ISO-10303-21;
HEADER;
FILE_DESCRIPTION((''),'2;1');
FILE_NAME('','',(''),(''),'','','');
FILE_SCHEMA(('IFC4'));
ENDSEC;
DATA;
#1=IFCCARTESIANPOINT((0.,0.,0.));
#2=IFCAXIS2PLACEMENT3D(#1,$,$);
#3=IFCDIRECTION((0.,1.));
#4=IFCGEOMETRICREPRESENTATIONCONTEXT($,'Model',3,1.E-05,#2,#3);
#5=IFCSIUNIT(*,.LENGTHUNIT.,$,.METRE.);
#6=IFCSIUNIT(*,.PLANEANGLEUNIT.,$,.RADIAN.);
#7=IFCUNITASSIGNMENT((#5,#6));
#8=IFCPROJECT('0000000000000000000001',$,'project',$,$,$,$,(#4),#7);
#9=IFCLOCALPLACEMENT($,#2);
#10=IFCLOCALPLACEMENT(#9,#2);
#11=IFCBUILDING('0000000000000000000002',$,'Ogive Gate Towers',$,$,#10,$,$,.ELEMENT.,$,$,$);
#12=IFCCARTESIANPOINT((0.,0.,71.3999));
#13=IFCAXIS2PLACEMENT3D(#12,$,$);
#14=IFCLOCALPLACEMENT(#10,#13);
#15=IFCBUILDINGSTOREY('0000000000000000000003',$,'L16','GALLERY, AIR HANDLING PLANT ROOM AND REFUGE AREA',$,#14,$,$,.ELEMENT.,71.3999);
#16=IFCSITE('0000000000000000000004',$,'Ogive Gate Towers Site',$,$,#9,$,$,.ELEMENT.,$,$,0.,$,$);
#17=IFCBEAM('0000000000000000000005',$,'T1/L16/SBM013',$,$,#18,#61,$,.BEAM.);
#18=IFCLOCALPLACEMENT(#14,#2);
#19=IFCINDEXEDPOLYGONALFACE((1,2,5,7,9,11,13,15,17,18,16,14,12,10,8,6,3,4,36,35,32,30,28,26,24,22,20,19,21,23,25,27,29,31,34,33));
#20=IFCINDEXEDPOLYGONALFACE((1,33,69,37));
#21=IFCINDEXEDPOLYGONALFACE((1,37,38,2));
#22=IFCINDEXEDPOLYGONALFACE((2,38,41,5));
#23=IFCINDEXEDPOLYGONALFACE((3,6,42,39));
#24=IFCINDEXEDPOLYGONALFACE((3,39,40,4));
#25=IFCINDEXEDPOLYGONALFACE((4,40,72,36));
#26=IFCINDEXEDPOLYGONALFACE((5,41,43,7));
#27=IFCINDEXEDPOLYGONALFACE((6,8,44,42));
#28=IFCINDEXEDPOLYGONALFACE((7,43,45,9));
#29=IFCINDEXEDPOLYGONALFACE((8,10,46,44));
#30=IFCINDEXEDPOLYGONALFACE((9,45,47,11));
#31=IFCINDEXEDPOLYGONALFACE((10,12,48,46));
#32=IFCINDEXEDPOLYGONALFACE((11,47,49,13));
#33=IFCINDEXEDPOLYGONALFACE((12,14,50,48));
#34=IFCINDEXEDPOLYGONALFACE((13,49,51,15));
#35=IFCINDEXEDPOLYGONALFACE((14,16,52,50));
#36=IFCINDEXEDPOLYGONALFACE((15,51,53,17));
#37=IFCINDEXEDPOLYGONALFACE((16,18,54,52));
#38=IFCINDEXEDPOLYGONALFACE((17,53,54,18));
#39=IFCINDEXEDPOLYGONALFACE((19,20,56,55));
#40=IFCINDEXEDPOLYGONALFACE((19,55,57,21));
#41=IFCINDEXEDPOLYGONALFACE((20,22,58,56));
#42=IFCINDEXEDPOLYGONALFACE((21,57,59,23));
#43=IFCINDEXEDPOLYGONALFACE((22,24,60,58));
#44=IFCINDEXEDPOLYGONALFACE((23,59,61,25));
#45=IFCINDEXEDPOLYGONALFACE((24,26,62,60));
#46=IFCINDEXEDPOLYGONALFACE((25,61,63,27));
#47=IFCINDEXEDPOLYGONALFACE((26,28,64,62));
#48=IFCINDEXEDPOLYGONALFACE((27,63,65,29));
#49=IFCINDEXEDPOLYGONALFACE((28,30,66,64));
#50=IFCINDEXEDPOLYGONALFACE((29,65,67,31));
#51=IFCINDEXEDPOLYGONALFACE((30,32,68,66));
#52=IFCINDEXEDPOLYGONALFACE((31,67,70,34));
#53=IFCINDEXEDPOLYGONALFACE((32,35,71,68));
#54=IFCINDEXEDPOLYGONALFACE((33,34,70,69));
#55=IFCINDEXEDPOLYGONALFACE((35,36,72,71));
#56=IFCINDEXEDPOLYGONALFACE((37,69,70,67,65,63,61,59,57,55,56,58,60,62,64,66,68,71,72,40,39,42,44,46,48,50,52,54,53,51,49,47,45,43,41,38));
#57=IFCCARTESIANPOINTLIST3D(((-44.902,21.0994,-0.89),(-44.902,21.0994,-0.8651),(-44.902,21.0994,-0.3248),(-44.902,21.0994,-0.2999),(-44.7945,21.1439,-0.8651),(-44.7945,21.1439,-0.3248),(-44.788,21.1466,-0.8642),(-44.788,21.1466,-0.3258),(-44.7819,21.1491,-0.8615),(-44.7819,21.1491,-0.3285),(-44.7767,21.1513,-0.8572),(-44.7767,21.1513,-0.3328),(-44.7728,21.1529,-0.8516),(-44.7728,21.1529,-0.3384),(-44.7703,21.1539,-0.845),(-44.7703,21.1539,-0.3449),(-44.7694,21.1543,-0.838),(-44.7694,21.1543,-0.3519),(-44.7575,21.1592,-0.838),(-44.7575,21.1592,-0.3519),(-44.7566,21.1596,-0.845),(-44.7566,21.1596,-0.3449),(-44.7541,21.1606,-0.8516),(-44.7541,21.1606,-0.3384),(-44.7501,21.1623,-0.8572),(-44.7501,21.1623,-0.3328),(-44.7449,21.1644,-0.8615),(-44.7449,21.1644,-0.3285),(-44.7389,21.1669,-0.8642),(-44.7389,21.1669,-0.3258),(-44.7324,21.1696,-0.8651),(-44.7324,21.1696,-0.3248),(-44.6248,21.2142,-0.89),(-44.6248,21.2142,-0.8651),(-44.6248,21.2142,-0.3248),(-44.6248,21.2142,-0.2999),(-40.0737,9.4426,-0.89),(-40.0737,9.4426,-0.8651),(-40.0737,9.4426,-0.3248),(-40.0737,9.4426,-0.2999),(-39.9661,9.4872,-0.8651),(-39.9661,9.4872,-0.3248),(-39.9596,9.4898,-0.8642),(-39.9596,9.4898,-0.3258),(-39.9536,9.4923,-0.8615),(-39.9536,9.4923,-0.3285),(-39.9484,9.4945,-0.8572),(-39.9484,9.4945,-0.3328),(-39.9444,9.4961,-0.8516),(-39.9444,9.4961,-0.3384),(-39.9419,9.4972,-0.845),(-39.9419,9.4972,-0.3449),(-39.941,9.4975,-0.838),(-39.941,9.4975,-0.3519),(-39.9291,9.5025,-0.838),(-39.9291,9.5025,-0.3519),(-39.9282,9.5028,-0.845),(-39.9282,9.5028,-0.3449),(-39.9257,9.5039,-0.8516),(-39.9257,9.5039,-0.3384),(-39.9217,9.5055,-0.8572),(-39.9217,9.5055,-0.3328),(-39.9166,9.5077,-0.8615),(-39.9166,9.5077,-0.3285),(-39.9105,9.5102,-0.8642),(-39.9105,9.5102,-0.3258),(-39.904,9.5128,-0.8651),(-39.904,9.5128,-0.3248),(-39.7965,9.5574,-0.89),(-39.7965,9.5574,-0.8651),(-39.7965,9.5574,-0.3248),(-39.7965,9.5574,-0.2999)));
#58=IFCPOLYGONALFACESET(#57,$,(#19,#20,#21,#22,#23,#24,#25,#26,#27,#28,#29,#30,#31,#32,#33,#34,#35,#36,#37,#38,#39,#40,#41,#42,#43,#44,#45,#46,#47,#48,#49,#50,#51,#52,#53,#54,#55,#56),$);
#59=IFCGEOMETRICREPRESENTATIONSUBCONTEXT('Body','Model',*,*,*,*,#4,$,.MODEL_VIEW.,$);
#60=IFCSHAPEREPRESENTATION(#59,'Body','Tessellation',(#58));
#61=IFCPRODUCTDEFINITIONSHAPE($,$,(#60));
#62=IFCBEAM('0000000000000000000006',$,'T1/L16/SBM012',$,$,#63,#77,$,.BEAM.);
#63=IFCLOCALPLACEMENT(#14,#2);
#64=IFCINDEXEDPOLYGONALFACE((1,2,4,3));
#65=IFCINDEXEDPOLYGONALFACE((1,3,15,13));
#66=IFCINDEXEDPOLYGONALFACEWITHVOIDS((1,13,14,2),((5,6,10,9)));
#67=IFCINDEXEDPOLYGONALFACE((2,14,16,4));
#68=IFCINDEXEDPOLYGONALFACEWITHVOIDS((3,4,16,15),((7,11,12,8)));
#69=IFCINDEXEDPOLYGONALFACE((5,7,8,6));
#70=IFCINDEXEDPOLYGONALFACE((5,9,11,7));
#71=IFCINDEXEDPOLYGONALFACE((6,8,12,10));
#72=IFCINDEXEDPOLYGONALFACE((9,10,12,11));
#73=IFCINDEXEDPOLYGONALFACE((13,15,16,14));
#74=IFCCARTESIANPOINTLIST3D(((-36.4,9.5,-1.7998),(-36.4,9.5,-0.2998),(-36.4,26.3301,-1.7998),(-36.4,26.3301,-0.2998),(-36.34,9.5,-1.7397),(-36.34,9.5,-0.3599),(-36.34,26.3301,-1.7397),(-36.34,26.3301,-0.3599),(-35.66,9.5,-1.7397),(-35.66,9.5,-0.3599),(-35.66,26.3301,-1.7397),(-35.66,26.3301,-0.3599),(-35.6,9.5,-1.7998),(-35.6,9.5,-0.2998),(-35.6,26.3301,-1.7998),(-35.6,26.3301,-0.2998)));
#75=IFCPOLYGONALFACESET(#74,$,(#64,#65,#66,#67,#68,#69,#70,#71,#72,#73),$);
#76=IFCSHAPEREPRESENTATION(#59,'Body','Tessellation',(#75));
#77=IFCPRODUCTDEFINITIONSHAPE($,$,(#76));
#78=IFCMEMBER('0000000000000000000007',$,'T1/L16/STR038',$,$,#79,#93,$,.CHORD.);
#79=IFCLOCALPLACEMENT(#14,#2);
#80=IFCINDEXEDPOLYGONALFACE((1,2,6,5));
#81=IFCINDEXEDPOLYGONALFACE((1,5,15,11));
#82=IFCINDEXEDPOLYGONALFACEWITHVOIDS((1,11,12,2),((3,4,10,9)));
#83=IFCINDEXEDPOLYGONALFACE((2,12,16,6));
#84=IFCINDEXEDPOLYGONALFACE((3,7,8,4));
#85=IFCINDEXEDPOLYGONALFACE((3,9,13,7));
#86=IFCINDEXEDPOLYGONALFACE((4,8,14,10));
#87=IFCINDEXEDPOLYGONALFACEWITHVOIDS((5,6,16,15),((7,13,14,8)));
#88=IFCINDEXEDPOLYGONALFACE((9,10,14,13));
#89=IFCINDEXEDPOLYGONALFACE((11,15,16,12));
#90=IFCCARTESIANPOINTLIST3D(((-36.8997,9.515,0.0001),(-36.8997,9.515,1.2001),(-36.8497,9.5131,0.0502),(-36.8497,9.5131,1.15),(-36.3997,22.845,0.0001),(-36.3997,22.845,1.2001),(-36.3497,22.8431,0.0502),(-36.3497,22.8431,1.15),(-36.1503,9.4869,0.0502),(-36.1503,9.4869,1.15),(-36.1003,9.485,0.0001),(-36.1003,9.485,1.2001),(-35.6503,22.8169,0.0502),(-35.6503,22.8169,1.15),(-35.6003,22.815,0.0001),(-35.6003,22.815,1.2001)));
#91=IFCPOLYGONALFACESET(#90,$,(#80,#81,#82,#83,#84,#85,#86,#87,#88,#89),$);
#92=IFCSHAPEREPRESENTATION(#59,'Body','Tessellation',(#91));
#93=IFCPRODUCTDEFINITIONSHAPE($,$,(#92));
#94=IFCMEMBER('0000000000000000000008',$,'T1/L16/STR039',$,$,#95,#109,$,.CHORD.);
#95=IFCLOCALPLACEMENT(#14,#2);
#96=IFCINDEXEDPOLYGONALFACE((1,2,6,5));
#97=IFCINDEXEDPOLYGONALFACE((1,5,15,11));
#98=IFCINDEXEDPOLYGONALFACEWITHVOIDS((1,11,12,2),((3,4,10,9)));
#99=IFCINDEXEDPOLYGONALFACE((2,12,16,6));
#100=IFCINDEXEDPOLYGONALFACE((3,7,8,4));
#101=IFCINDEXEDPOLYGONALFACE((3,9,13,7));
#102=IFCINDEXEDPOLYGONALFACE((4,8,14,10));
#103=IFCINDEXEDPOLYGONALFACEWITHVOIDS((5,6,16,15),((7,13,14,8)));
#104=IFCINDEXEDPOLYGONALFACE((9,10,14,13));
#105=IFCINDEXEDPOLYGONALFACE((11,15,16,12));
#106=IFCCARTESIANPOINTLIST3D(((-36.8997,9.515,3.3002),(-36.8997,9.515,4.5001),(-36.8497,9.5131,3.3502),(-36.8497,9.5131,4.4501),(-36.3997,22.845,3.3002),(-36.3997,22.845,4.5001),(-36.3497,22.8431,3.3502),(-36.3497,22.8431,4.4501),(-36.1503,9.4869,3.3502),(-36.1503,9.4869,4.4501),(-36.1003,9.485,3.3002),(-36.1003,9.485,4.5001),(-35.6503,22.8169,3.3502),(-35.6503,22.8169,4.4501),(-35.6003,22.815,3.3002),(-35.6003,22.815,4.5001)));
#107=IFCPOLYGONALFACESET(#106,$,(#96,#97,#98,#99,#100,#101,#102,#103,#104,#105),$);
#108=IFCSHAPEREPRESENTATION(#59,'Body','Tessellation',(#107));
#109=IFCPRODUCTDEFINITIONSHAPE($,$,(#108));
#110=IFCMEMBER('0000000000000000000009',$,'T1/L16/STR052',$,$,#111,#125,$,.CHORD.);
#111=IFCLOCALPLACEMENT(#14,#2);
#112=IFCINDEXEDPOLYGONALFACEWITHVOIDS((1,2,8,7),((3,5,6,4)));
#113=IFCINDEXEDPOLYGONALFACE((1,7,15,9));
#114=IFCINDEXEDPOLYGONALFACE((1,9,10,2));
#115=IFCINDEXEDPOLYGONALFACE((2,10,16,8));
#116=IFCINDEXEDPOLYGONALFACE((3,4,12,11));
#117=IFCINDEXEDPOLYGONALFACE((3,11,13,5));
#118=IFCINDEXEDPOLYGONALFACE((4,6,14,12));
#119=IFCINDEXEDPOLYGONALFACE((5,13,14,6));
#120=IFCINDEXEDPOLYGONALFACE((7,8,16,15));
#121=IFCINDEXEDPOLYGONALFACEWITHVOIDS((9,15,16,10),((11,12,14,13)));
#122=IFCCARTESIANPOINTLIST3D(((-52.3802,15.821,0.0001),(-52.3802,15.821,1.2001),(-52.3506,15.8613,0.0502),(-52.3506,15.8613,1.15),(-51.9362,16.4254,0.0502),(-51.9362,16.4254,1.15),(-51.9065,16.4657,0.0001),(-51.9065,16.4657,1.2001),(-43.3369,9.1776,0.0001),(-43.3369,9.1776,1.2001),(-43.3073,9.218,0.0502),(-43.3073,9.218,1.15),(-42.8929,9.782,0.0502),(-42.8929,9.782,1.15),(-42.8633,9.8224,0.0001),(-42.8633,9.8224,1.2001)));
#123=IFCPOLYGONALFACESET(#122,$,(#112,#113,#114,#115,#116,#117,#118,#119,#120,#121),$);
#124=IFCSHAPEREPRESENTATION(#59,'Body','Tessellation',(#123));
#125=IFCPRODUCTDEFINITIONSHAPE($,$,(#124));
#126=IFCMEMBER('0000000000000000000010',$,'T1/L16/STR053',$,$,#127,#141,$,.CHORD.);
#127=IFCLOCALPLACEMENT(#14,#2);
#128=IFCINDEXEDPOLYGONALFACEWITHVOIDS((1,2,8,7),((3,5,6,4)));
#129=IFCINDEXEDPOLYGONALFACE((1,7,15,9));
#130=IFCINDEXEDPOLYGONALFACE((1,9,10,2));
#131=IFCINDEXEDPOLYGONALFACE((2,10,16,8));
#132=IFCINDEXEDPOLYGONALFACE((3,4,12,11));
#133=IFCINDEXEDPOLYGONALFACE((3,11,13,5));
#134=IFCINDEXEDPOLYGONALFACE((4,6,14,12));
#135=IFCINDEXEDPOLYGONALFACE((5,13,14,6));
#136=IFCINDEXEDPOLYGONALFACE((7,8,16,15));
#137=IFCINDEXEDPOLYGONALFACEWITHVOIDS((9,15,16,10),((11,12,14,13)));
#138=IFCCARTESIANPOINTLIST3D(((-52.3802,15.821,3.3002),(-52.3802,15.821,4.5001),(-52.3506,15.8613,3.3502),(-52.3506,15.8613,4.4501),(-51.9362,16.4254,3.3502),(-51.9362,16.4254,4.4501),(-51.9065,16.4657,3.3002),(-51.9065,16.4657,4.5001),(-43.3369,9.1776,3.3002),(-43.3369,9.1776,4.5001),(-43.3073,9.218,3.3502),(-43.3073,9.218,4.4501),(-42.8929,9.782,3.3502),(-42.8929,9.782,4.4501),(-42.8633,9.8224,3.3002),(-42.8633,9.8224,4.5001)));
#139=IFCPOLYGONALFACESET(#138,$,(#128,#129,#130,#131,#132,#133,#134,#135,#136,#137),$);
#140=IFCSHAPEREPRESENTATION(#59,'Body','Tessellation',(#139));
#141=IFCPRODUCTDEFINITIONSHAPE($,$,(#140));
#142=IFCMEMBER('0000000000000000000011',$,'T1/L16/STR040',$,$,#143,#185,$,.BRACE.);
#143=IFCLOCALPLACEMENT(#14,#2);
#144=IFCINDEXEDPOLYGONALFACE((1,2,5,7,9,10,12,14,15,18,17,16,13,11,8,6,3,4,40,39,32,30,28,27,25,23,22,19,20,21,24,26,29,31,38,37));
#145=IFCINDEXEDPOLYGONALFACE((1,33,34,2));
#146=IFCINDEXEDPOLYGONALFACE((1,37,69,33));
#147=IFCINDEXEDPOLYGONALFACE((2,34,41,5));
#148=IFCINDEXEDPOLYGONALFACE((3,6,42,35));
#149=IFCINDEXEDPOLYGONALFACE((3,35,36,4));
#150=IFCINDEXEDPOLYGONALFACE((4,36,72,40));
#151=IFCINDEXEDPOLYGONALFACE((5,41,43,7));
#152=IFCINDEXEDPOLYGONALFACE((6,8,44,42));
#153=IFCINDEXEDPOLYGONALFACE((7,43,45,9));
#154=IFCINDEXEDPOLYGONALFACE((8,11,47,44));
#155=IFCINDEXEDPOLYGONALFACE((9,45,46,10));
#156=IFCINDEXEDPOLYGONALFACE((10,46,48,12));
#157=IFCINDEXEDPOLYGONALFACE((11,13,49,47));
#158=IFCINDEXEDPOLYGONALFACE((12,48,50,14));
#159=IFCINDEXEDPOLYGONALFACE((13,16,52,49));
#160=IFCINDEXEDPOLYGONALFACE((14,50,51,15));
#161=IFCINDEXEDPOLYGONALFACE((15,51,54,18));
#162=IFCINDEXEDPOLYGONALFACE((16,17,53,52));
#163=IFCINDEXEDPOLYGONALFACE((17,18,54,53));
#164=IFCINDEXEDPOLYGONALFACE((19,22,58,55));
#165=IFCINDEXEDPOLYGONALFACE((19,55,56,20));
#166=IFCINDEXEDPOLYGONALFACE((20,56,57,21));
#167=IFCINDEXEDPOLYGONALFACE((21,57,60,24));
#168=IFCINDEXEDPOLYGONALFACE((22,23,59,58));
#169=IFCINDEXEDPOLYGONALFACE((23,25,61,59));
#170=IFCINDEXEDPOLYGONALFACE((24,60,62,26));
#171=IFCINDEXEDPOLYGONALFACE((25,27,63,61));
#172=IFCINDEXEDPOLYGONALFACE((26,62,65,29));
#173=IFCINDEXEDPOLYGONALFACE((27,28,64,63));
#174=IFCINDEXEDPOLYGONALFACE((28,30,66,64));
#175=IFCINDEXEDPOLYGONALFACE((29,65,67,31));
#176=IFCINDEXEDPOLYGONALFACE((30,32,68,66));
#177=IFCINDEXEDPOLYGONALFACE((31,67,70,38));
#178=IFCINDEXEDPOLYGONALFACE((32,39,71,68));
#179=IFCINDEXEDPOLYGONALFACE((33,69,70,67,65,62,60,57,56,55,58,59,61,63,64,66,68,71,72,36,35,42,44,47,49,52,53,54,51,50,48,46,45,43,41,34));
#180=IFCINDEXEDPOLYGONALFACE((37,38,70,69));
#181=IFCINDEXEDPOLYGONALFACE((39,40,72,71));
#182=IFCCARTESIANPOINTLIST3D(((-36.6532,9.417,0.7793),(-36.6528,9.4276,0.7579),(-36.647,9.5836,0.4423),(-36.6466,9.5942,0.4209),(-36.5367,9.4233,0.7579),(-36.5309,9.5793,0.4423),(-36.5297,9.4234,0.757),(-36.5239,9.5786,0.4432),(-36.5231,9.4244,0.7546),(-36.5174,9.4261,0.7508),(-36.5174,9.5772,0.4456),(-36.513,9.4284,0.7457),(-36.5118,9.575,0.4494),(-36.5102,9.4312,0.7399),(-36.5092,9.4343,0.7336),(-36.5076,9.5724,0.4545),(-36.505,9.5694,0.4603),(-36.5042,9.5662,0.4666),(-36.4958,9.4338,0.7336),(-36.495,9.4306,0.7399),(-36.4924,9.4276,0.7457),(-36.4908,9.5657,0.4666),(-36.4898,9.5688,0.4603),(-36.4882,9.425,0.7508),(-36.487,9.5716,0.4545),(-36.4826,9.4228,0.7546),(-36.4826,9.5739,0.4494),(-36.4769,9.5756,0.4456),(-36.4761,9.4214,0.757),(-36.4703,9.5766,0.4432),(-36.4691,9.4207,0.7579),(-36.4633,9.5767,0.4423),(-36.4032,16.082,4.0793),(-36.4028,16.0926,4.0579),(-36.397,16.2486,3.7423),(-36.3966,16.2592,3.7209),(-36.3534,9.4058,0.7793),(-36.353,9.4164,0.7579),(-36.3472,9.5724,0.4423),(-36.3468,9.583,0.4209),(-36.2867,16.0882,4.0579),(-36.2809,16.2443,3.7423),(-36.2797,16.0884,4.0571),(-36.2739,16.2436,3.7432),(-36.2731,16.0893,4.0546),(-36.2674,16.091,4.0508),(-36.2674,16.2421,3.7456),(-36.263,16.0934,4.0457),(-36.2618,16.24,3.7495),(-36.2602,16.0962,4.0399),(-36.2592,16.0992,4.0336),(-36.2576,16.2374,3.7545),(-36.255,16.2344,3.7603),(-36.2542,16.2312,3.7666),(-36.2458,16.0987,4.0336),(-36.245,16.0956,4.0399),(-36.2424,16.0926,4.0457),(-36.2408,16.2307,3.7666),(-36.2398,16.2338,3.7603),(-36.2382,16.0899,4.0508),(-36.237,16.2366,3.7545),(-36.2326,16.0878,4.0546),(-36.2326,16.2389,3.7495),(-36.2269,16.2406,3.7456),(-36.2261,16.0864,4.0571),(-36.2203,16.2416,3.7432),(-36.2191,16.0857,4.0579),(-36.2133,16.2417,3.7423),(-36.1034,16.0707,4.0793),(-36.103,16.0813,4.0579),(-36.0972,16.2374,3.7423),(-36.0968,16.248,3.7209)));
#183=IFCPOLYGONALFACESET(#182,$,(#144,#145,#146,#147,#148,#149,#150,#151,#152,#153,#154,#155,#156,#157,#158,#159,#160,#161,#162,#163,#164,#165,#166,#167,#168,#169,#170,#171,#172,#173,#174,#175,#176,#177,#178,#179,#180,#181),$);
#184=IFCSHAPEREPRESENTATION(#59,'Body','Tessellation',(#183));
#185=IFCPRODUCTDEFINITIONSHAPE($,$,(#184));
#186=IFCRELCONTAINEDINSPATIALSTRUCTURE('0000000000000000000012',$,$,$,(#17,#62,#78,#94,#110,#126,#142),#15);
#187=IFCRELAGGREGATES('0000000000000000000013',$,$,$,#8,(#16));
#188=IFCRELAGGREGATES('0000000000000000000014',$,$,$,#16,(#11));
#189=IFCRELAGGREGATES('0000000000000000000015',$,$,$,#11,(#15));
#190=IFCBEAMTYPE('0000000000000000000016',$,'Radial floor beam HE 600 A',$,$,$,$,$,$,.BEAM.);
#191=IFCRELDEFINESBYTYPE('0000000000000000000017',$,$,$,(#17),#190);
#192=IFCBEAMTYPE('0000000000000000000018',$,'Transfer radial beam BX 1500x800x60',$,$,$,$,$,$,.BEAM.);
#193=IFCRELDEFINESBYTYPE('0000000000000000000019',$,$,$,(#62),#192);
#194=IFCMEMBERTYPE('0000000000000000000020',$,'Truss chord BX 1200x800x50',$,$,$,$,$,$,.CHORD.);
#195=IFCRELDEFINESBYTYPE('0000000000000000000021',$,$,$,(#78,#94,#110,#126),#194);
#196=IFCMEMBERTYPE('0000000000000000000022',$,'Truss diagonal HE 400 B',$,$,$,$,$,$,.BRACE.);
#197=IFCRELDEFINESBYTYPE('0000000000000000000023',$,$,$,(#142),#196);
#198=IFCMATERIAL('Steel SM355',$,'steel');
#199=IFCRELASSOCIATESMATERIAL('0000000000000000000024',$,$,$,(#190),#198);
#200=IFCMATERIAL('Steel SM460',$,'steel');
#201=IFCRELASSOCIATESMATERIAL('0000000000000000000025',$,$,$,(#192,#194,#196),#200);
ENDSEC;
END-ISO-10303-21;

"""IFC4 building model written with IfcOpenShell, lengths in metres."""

from ifc_helpers import new_model, si_unit, direction, frame, origin, origin_2d, place, context, subcontext, project, spatial, hollow_rectangle, i_section, extrude, material, material_profile, profile_set, type_object, element, save


model = new_model("IFC4")

# Units and contexts
model_context = context("Model", 3, precision=1e-05, world=origin(), true_north=direction((0.0, 1.0)))
body_context = subcontext(model_context, "Body", "Model", "MODEL_VIEW")
ifc_project = project(units=[si_unit("LENGTHUNIT", "METRE"), si_unit("PLANEANGLEUNIT", "RADIAN")], contexts=[model_context])

# Site, building, storey
site_placement = place(None, origin())
site = spatial("IfcSite", under=ifc_project, at=site_placement, Name="Ogive Gate Towers Site", CompositionType="ELEMENT", RefElevation=0.0)
building_placement = place(site_placement, origin())
building = spatial("IfcBuilding", under=site, at=building_placement, Name="Ogive Gate Towers", CompositionType="ELEMENT")
storey_placement = place(building_placement, frame((0.0, 0.0, 71.3999)))
storey = spatial("IfcBuildingStorey", under=building, at=storey_placement, Name="L16", Description="GALLERY, AIR HANDLING PLANT ROOM AND REFUGE AREA", CompositionType="ELEMENT", Elevation=71.3999)

# Beams
ifc_material_1 = material(Name="Steel SM355", Category="steel")
ifc_material_profile_1 = material_profile(ifc_material_1, i_section(OverallWidth=0.3, OverallDepth=0.5901, WebThickness=0.0129, FlangeThickness=0.0249, FilletRadius=0.0271, at=origin_2d()), Name="HE 600 A")
ifc_profile_set_1 = profile_set([ifc_material_profile_1], Name="Steel SM355")
beam_type_1 = type_object("IfcBeamType", Name="Radial floor beam HE 600 A", PredefinedType="BEAM", material=ifc_profile_set_1)
beam_1_placement = place(storey_placement, frame((-39.9351, 9.5, -0.595), z_axis=(-0.382683, 0.92388, 0.0), x_axis=(-0.92388, -0.382683, 0.0)))
element("IfcBeam", 1, at=beam_1_placement, inside=storey, type_object=beam_type_1, Name="T1/L16/SBM013", PredefinedType="BEAM", context=body_context, shape_type="SweptSolid", body=[
    extrude(i_section(OverallWidth=0.3, OverallDepth=0.5901, WebThickness=0.0129, FlangeThickness=0.0249, FilletRadius=0.0271, at=origin_2d()), origin(), (0.0, 0.0, 1.0), 12.6172),
])
ifc_material_2 = material(Name="Steel SM460", Category="steel")
ifc_material_profile_2 = material_profile(ifc_material_2, hollow_rectangle(XDim=0.8, YDim=1.5, WallThickness=0.0601, at=origin_2d()), Name="BX 1500x800x60")
ifc_profile_set_2 = profile_set([ifc_material_profile_2], Name="Steel SM460")
beam_type_2 = type_object("IfcBeamType", Name="Transfer radial beam BX 1500x800x60", PredefinedType="BEAM", material=ifc_profile_set_2)
beam_2_placement = place(storey_placement, frame((-36.0, 9.5, -1.0498), z_axis=(0.0, 1.0, 0.0), x_axis=(-1.0, 0.0, 0.0)))
element("IfcBeam", 2, at=beam_2_placement, inside=storey, type_object=beam_type_2, Name="T1/L16/SBM012", PredefinedType="BEAM", context=body_context, shape_type="SweptSolid", body=[
    extrude(hollow_rectangle(XDim=0.8, YDim=1.5, WallThickness=0.0601, at=origin_2d()), origin(), (0.0, 0.0, 1.0), 16.8301),
])

# Members
ifc_material_profile_3 = material_profile(ifc_material_2, hollow_rectangle(XDim=0.8, YDim=1.2, WallThickness=0.05, at=origin_2d()), Name="BX 1200x800x50")
ifc_profile_set_3 = profile_set([ifc_material_profile_3], Name="Steel SM460")
member_type_1 = type_object("IfcMemberType", Name="Truss chord BX 1200x800x50", PredefinedType="CHORD", material=ifc_profile_set_3)
for number, where, z_axis, x_axis, name in (
    (3, (-36.5, 9.5, 0.6001), (0.037483, 0.999297, 0.0), (-0.999297, 0.037483, 0.0), "T1/L16/STR038"),
    (4, (-36.5, 9.5, 3.9001), (0.037483, 0.999297, 0.0), (-0.999297, 0.037483, 0.0), "T1/L16/STR039"),
):
    element("IfcMember", number, at=place(storey_placement, frame(where, z_axis=z_axis, x_axis=x_axis)), inside=storey, type_object=member_type_1, Name=name, PredefinedType="CHORD", context=body_context, shape_type="SweptSolid", body=[
        extrude(hollow_rectangle(XDim=0.8, YDim=1.2, WallThickness=0.05, at=origin_2d()), origin(), (0.0, 0.0, 1.0), 13.3394),
    ])
for number, where, z_axis, x_axis, name in (
    (5, (-43.1001, 9.5, 0.6001), (-0.805911, 0.592037, 0.0), (-0.592037, -0.805911, 0.0), "T1/L16/STR052"),
    (6, (-43.1001, 9.5, 3.9001), (-0.805911, 0.592037, 0.0), (-0.592037, -0.805911, 0.0), "T1/L16/STR053"),
):
    element("IfcMember", number, at=place(storey_placement, frame(where, z_axis=z_axis, x_axis=x_axis)), inside=storey, type_object=member_type_1, Name=name, PredefinedType="CHORD", context=body_context, shape_type="SweptSolid", body=[
        extrude(hollow_rectangle(XDim=0.8, YDim=1.2, WallThickness=0.05, at=origin_2d()), origin(), (0.0, 0.0, 1.0), 11.2212),
    ])
ifc_material_profile_4 = material_profile(ifc_material_2, i_section(OverallWidth=0.3, OverallDepth=0.3999, WebThickness=0.0134, FlangeThickness=0.0239, FilletRadius=0.0271, at=origin_2d()), Name="HE 400 B")
ifc_profile_set_4 = profile_set([ifc_material_profile_4], Name="Steel SM460")
member_type_2 = type_object("IfcMemberType", Name="Truss diagonal HE 400 B", PredefinedType="BRACE", material=ifc_profile_set_4)
member_1_placement = place(storey_placement, frame((-36.5, 9.5, 0.6001), z_axis=(0.033595, 0.895661, 0.443467), x_axis=(-0.999297, 0.037483, 0.0)))
element("IfcMember", 7, at=member_1_placement, inside=storey, type_object=member_type_2, Name="T1/L16/STR040", PredefinedType="BRACE", context=body_context, shape_type="SweptSolid", body=[
    extrude(i_section(OverallWidth=0.3, OverallDepth=0.3999, WebThickness=0.0134, FlangeThickness=0.0239, FilletRadius=0.0271, at=origin_2d()), origin(), (0.0, 0.0, 1.0), 7.4414),
])

save(model, "model.ifc")
